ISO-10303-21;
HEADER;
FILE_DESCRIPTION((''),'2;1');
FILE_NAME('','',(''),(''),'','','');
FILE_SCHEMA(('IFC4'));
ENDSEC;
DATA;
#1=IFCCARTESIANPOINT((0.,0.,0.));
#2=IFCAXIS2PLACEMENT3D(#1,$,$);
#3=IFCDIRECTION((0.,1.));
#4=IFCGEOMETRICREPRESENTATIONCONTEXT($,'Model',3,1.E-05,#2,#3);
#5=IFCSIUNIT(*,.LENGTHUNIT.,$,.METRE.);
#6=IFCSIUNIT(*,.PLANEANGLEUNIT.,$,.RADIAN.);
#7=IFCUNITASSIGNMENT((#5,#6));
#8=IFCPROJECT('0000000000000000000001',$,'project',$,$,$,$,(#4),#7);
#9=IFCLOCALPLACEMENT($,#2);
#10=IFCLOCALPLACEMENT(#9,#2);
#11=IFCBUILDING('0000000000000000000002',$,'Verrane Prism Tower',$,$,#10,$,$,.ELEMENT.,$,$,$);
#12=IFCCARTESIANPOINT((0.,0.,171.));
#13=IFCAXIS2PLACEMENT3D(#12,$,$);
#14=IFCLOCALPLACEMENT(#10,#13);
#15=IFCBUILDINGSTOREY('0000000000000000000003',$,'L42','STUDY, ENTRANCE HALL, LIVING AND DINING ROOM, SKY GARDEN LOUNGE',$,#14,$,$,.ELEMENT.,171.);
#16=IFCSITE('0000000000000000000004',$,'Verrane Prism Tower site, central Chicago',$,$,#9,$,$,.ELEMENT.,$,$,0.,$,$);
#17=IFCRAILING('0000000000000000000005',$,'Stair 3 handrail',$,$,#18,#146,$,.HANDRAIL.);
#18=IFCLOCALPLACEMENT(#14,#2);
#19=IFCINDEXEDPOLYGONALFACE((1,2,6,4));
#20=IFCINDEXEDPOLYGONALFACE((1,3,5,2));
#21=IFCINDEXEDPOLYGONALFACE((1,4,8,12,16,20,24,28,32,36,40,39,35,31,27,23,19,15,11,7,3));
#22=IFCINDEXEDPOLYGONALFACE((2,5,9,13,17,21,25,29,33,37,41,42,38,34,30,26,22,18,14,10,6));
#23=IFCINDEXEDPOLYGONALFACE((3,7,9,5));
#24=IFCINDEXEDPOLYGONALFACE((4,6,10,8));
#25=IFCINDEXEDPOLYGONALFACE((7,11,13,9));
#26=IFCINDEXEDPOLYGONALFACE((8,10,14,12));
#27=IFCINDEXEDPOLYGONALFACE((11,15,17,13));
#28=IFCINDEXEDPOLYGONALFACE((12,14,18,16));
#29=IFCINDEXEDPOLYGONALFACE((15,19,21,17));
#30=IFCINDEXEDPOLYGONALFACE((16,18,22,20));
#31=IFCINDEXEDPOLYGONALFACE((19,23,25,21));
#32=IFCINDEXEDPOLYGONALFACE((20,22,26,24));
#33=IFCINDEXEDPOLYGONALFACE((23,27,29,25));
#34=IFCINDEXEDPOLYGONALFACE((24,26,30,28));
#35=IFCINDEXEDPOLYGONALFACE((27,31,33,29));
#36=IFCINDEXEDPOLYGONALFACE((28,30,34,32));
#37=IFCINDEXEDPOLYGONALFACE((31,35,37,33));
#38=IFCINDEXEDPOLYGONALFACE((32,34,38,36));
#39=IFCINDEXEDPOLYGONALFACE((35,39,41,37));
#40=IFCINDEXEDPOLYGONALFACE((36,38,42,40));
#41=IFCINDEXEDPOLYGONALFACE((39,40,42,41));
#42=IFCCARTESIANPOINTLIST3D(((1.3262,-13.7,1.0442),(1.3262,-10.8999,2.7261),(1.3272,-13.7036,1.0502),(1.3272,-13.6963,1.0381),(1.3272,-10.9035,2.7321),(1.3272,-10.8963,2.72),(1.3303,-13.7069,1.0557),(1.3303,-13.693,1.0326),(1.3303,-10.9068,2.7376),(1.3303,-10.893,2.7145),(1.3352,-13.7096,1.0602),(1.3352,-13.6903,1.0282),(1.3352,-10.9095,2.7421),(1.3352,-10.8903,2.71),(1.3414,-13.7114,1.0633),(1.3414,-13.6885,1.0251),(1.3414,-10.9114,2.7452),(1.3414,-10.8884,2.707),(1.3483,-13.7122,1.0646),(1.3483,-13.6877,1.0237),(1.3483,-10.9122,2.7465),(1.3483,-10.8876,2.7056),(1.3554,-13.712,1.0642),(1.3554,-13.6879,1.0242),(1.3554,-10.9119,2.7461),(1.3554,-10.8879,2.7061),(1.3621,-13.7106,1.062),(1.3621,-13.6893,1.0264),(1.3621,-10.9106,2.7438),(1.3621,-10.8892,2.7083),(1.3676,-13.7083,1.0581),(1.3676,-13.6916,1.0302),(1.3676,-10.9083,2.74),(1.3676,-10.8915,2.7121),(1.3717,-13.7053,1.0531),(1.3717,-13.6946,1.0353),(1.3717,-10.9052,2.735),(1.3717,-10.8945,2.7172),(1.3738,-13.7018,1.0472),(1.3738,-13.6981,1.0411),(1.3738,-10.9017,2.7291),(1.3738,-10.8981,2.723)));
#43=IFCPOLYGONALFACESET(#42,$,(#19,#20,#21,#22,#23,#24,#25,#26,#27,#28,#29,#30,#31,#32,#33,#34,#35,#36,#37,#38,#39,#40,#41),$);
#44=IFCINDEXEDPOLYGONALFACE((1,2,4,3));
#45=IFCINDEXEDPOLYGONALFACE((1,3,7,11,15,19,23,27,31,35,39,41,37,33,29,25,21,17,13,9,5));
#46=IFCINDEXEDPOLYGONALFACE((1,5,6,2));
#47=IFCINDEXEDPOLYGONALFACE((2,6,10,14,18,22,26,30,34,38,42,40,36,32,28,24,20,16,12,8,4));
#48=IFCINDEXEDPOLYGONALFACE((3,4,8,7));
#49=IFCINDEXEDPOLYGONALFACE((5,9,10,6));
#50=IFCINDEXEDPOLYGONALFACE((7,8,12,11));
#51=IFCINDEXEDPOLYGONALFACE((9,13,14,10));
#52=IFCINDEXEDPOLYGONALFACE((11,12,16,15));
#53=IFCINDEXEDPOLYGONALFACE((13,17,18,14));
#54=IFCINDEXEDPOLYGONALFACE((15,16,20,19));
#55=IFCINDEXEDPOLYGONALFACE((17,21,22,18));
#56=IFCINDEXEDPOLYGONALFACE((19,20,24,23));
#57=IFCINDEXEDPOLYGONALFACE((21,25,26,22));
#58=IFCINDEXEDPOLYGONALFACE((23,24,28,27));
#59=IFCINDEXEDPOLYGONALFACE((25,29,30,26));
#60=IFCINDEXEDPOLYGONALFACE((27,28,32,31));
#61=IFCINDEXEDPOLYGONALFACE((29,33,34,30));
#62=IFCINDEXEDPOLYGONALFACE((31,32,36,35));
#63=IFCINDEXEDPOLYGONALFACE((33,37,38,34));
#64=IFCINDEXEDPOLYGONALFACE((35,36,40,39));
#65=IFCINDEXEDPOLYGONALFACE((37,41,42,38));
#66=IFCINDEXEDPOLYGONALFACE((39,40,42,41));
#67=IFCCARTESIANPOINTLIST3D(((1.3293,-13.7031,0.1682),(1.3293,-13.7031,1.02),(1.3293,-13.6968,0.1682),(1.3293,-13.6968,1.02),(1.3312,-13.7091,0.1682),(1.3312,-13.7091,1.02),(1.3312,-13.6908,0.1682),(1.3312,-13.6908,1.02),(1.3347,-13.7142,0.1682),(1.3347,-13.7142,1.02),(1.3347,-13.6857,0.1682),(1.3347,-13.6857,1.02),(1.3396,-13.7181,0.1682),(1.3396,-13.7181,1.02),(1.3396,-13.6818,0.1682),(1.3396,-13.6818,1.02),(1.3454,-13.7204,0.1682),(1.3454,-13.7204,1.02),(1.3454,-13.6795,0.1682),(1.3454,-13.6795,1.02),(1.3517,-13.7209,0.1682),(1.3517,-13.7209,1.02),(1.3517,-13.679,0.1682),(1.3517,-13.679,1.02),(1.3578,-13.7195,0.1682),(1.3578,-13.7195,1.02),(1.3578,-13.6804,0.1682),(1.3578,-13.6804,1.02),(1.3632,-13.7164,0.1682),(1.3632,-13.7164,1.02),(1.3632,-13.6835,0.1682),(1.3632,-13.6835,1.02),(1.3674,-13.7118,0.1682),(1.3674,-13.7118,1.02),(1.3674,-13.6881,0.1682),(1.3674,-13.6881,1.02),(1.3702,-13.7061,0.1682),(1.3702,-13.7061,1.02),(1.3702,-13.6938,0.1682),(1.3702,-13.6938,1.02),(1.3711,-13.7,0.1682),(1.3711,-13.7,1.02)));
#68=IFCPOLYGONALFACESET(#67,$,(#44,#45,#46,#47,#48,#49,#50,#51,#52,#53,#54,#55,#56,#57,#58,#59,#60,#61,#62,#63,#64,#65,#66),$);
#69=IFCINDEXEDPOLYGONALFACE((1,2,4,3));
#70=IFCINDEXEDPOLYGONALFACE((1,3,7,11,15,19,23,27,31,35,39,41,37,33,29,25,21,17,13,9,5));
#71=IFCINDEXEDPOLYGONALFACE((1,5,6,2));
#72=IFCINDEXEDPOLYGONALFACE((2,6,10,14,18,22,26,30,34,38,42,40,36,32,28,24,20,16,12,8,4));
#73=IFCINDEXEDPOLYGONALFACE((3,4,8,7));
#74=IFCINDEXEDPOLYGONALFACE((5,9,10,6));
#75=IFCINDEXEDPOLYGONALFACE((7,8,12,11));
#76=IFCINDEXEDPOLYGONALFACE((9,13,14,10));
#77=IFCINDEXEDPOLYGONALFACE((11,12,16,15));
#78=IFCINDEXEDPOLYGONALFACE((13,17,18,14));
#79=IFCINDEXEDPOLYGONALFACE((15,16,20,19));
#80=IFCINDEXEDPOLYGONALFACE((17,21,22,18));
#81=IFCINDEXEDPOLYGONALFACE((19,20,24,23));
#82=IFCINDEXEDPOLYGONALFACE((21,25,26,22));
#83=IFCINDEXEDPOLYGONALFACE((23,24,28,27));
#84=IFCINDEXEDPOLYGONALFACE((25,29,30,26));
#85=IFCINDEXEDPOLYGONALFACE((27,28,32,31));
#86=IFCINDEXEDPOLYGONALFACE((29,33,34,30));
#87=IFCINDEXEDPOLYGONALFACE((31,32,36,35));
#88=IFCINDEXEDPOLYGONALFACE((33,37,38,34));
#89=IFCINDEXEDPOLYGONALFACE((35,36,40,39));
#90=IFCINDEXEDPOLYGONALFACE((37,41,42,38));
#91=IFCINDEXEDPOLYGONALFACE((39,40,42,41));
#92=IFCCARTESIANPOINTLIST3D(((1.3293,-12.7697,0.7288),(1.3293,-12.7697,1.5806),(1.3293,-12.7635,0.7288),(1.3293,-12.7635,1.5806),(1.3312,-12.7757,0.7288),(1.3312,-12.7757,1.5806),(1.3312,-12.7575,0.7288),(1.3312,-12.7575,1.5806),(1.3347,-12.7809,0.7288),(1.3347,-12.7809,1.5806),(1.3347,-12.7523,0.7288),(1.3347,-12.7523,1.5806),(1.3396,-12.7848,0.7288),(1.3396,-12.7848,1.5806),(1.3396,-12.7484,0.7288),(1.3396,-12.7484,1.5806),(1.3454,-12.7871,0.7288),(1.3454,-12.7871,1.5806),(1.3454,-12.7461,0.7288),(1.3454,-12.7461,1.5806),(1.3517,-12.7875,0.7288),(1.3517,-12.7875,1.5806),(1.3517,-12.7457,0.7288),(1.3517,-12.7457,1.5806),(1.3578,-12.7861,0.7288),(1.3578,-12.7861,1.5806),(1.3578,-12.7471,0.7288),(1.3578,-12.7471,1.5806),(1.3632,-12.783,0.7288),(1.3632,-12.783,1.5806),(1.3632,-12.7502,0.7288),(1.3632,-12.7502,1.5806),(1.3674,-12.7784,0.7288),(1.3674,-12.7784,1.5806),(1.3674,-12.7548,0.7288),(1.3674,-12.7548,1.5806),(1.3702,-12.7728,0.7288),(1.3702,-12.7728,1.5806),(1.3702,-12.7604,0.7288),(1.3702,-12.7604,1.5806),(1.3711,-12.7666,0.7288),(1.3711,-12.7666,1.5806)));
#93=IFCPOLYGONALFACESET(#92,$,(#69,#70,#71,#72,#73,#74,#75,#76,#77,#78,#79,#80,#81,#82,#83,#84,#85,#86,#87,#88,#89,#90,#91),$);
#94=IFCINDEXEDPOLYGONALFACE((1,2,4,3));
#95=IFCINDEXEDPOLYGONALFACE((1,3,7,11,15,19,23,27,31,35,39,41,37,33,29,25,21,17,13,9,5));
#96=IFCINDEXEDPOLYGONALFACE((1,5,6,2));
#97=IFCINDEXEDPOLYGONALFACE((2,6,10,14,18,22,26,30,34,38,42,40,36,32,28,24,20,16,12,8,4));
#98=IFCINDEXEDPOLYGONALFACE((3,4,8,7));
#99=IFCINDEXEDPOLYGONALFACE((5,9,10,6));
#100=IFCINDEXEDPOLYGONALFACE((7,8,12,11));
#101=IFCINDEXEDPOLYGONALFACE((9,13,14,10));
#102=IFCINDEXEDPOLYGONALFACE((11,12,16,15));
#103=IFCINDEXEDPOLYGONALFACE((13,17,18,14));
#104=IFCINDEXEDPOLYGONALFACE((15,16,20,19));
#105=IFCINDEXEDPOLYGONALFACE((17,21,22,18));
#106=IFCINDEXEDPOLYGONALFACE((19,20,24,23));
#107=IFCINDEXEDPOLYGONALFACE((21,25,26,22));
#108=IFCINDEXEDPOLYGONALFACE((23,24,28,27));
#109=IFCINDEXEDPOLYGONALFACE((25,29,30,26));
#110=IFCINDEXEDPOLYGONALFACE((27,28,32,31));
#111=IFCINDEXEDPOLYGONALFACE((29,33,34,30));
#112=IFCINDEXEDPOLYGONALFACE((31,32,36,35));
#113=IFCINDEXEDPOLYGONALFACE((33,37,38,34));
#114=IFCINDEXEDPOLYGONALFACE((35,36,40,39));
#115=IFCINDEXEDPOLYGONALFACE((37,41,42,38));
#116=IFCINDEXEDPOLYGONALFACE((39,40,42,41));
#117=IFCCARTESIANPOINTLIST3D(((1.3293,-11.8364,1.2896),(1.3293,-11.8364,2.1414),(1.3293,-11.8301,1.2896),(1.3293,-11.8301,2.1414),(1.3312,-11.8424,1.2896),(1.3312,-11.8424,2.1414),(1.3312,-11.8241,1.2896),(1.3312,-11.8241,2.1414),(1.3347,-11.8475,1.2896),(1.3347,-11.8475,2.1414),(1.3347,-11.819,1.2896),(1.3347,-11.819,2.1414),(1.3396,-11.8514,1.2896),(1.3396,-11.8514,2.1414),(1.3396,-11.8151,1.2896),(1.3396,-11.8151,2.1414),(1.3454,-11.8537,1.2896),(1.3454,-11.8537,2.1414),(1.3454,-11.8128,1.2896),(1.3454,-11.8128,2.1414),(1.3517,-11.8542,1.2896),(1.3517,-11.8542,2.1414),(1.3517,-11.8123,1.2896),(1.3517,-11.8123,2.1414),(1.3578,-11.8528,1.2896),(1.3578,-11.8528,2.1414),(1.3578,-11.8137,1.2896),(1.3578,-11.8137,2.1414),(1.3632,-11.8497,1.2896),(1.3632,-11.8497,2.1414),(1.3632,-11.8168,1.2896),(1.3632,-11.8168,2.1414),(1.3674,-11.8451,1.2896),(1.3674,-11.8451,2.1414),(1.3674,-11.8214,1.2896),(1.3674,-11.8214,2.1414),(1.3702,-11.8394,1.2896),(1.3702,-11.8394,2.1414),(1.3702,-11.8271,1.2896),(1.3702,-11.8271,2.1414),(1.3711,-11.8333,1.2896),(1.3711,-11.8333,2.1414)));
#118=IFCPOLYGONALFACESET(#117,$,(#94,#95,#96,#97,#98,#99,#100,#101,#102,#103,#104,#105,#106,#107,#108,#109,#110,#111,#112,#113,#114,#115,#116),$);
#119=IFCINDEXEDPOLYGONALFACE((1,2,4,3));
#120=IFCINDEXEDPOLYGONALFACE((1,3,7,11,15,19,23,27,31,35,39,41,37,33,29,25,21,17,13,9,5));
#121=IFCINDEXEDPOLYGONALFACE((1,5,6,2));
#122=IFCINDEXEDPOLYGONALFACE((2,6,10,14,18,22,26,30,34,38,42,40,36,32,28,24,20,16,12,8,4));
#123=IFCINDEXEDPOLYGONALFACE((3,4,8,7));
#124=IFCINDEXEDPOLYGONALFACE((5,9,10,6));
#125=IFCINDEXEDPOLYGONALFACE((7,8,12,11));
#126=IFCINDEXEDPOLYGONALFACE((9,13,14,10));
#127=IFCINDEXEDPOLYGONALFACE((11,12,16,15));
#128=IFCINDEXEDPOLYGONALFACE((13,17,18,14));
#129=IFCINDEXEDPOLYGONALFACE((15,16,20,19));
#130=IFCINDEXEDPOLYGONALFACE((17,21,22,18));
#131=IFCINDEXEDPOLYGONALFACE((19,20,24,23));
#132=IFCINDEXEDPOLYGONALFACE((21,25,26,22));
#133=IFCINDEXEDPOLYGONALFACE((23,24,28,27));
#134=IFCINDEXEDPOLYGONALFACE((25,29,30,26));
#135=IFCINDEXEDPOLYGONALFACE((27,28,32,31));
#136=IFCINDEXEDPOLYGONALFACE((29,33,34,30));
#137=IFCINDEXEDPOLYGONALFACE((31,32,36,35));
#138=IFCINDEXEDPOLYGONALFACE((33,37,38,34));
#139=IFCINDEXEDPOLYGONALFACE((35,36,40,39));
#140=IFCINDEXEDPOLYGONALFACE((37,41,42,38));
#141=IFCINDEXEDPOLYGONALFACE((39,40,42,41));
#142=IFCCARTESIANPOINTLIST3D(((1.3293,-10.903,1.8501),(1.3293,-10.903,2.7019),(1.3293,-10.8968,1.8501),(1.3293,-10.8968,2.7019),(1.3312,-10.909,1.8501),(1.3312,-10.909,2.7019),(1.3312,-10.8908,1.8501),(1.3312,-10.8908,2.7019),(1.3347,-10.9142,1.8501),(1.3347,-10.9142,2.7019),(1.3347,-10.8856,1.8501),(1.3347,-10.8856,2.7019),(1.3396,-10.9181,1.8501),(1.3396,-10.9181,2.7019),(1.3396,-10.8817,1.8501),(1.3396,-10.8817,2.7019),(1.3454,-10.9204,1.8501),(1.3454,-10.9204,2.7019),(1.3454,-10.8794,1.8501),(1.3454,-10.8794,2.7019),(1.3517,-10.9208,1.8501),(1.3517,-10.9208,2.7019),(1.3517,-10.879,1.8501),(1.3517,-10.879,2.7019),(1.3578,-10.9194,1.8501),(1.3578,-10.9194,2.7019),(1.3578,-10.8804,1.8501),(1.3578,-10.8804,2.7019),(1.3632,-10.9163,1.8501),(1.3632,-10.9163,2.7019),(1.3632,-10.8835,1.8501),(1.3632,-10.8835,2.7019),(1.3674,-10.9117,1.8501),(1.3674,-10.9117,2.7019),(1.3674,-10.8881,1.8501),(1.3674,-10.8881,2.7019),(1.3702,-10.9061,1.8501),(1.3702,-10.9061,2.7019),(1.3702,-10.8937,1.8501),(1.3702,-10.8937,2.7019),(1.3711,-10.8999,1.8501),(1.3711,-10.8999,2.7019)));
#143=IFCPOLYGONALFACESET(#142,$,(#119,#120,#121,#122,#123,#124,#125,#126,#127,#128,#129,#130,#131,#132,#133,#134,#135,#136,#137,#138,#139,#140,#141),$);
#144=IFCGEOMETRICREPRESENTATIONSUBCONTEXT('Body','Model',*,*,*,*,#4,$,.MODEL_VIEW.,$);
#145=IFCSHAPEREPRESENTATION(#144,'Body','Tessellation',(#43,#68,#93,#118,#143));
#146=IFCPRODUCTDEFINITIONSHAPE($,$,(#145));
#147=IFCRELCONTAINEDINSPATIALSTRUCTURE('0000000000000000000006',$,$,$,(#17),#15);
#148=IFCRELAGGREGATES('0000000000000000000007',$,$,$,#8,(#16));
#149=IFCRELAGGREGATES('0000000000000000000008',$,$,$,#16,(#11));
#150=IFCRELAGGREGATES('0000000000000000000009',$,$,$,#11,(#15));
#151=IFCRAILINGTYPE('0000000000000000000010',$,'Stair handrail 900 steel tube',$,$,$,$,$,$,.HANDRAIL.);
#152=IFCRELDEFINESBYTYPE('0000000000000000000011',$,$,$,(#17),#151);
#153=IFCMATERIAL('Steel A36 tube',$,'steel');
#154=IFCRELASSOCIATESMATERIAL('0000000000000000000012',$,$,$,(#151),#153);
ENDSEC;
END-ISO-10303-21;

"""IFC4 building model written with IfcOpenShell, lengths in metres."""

from ifc_helpers import new_model, si_unit, direction, frame, origin, origin_2d, place, context, subcontext, project, spatial, circle, extrude, material, type_object, element, save


model = new_model("IFC4")

# Units and contexts
model_context = context("Model", 3, precision=1e-05, world=origin(), true_north=direction((0.0, 1.0)))
body_context = subcontext(model_context, "Body", "Model", "MODEL_VIEW")
ifc_project = project(units=[si_unit("LENGTHUNIT", "METRE"), si_unit("PLANEANGLEUNIT", "RADIAN")], contexts=[model_context])

# Site, building, storey
site_placement = place(None, origin())
site = spatial("IfcSite", under=ifc_project, at=site_placement, Name="Verrane Prism Tower site, central Chicago", CompositionType="ELEMENT", RefElevation=0.0)
building_placement = place(site_placement, origin())
building = spatial("IfcBuilding", under=site, at=building_placement, Name="Verrane Prism Tower", CompositionType="ELEMENT")
storey_placement = place(building_placement, frame((0.0, 0.0, 171.0)))
storey = spatial("IfcBuildingStorey", under=building, at=storey_placement, Name="L42", Description="STUDY, ENTRANCE HALL, LIVING AND DINING ROOM, SKY GARDEN LOUNGE", CompositionType="ELEMENT", Elevation=171.0)

# Railing
ifc_material_1 = material(Name="Steel A36 tube", Category="steel")
railing_type_1 = type_object("IfcRailingType", Name="Stair handrail 900 steel tube", PredefinedType="HANDRAIL", material=ifc_material_1)
railing_1_placement = place(storey_placement, frame((1.3501, -13.7, 0.1682)))
element("IfcRailing", 1, at=railing_1_placement, inside=storey, type_object=railing_type_1, Name="Stair 3 handrail", PredefinedType="HANDRAIL", context=body_context, shape_type="SweptSolid", body=[
    extrude(circle(Radius=0.0239, at=origin_2d()), frame((0.0, 0.0, 0.876), z_axis=(0.0, 0.857242, 0.514913), x_axis=(-1.0, 0.0, 0.0)), (0.0, 0.0, 1.0), 3.2664),
    extrude(circle(Radius=0.021, at=origin_2d()), origin(), (0.0, 0.0, 1.0), 0.8518),
    extrude(circle(Radius=0.021, at=origin_2d()), frame((0.0, 0.9333, 0.5605)), (0.0, 0.0, 1.0), 0.8518),
    extrude(circle(Radius=0.021, at=origin_2d()), frame((0.0, 1.8667, 1.1213)), (0.0, 0.0, 1.0), 0.8518),
    extrude(circle(Radius=0.021, at=origin_2d()), frame((0.0, 2.8, 1.6819)), (0.0, 0.0, 1.0), 0.8518),
])

save(model, "model.ifc")
